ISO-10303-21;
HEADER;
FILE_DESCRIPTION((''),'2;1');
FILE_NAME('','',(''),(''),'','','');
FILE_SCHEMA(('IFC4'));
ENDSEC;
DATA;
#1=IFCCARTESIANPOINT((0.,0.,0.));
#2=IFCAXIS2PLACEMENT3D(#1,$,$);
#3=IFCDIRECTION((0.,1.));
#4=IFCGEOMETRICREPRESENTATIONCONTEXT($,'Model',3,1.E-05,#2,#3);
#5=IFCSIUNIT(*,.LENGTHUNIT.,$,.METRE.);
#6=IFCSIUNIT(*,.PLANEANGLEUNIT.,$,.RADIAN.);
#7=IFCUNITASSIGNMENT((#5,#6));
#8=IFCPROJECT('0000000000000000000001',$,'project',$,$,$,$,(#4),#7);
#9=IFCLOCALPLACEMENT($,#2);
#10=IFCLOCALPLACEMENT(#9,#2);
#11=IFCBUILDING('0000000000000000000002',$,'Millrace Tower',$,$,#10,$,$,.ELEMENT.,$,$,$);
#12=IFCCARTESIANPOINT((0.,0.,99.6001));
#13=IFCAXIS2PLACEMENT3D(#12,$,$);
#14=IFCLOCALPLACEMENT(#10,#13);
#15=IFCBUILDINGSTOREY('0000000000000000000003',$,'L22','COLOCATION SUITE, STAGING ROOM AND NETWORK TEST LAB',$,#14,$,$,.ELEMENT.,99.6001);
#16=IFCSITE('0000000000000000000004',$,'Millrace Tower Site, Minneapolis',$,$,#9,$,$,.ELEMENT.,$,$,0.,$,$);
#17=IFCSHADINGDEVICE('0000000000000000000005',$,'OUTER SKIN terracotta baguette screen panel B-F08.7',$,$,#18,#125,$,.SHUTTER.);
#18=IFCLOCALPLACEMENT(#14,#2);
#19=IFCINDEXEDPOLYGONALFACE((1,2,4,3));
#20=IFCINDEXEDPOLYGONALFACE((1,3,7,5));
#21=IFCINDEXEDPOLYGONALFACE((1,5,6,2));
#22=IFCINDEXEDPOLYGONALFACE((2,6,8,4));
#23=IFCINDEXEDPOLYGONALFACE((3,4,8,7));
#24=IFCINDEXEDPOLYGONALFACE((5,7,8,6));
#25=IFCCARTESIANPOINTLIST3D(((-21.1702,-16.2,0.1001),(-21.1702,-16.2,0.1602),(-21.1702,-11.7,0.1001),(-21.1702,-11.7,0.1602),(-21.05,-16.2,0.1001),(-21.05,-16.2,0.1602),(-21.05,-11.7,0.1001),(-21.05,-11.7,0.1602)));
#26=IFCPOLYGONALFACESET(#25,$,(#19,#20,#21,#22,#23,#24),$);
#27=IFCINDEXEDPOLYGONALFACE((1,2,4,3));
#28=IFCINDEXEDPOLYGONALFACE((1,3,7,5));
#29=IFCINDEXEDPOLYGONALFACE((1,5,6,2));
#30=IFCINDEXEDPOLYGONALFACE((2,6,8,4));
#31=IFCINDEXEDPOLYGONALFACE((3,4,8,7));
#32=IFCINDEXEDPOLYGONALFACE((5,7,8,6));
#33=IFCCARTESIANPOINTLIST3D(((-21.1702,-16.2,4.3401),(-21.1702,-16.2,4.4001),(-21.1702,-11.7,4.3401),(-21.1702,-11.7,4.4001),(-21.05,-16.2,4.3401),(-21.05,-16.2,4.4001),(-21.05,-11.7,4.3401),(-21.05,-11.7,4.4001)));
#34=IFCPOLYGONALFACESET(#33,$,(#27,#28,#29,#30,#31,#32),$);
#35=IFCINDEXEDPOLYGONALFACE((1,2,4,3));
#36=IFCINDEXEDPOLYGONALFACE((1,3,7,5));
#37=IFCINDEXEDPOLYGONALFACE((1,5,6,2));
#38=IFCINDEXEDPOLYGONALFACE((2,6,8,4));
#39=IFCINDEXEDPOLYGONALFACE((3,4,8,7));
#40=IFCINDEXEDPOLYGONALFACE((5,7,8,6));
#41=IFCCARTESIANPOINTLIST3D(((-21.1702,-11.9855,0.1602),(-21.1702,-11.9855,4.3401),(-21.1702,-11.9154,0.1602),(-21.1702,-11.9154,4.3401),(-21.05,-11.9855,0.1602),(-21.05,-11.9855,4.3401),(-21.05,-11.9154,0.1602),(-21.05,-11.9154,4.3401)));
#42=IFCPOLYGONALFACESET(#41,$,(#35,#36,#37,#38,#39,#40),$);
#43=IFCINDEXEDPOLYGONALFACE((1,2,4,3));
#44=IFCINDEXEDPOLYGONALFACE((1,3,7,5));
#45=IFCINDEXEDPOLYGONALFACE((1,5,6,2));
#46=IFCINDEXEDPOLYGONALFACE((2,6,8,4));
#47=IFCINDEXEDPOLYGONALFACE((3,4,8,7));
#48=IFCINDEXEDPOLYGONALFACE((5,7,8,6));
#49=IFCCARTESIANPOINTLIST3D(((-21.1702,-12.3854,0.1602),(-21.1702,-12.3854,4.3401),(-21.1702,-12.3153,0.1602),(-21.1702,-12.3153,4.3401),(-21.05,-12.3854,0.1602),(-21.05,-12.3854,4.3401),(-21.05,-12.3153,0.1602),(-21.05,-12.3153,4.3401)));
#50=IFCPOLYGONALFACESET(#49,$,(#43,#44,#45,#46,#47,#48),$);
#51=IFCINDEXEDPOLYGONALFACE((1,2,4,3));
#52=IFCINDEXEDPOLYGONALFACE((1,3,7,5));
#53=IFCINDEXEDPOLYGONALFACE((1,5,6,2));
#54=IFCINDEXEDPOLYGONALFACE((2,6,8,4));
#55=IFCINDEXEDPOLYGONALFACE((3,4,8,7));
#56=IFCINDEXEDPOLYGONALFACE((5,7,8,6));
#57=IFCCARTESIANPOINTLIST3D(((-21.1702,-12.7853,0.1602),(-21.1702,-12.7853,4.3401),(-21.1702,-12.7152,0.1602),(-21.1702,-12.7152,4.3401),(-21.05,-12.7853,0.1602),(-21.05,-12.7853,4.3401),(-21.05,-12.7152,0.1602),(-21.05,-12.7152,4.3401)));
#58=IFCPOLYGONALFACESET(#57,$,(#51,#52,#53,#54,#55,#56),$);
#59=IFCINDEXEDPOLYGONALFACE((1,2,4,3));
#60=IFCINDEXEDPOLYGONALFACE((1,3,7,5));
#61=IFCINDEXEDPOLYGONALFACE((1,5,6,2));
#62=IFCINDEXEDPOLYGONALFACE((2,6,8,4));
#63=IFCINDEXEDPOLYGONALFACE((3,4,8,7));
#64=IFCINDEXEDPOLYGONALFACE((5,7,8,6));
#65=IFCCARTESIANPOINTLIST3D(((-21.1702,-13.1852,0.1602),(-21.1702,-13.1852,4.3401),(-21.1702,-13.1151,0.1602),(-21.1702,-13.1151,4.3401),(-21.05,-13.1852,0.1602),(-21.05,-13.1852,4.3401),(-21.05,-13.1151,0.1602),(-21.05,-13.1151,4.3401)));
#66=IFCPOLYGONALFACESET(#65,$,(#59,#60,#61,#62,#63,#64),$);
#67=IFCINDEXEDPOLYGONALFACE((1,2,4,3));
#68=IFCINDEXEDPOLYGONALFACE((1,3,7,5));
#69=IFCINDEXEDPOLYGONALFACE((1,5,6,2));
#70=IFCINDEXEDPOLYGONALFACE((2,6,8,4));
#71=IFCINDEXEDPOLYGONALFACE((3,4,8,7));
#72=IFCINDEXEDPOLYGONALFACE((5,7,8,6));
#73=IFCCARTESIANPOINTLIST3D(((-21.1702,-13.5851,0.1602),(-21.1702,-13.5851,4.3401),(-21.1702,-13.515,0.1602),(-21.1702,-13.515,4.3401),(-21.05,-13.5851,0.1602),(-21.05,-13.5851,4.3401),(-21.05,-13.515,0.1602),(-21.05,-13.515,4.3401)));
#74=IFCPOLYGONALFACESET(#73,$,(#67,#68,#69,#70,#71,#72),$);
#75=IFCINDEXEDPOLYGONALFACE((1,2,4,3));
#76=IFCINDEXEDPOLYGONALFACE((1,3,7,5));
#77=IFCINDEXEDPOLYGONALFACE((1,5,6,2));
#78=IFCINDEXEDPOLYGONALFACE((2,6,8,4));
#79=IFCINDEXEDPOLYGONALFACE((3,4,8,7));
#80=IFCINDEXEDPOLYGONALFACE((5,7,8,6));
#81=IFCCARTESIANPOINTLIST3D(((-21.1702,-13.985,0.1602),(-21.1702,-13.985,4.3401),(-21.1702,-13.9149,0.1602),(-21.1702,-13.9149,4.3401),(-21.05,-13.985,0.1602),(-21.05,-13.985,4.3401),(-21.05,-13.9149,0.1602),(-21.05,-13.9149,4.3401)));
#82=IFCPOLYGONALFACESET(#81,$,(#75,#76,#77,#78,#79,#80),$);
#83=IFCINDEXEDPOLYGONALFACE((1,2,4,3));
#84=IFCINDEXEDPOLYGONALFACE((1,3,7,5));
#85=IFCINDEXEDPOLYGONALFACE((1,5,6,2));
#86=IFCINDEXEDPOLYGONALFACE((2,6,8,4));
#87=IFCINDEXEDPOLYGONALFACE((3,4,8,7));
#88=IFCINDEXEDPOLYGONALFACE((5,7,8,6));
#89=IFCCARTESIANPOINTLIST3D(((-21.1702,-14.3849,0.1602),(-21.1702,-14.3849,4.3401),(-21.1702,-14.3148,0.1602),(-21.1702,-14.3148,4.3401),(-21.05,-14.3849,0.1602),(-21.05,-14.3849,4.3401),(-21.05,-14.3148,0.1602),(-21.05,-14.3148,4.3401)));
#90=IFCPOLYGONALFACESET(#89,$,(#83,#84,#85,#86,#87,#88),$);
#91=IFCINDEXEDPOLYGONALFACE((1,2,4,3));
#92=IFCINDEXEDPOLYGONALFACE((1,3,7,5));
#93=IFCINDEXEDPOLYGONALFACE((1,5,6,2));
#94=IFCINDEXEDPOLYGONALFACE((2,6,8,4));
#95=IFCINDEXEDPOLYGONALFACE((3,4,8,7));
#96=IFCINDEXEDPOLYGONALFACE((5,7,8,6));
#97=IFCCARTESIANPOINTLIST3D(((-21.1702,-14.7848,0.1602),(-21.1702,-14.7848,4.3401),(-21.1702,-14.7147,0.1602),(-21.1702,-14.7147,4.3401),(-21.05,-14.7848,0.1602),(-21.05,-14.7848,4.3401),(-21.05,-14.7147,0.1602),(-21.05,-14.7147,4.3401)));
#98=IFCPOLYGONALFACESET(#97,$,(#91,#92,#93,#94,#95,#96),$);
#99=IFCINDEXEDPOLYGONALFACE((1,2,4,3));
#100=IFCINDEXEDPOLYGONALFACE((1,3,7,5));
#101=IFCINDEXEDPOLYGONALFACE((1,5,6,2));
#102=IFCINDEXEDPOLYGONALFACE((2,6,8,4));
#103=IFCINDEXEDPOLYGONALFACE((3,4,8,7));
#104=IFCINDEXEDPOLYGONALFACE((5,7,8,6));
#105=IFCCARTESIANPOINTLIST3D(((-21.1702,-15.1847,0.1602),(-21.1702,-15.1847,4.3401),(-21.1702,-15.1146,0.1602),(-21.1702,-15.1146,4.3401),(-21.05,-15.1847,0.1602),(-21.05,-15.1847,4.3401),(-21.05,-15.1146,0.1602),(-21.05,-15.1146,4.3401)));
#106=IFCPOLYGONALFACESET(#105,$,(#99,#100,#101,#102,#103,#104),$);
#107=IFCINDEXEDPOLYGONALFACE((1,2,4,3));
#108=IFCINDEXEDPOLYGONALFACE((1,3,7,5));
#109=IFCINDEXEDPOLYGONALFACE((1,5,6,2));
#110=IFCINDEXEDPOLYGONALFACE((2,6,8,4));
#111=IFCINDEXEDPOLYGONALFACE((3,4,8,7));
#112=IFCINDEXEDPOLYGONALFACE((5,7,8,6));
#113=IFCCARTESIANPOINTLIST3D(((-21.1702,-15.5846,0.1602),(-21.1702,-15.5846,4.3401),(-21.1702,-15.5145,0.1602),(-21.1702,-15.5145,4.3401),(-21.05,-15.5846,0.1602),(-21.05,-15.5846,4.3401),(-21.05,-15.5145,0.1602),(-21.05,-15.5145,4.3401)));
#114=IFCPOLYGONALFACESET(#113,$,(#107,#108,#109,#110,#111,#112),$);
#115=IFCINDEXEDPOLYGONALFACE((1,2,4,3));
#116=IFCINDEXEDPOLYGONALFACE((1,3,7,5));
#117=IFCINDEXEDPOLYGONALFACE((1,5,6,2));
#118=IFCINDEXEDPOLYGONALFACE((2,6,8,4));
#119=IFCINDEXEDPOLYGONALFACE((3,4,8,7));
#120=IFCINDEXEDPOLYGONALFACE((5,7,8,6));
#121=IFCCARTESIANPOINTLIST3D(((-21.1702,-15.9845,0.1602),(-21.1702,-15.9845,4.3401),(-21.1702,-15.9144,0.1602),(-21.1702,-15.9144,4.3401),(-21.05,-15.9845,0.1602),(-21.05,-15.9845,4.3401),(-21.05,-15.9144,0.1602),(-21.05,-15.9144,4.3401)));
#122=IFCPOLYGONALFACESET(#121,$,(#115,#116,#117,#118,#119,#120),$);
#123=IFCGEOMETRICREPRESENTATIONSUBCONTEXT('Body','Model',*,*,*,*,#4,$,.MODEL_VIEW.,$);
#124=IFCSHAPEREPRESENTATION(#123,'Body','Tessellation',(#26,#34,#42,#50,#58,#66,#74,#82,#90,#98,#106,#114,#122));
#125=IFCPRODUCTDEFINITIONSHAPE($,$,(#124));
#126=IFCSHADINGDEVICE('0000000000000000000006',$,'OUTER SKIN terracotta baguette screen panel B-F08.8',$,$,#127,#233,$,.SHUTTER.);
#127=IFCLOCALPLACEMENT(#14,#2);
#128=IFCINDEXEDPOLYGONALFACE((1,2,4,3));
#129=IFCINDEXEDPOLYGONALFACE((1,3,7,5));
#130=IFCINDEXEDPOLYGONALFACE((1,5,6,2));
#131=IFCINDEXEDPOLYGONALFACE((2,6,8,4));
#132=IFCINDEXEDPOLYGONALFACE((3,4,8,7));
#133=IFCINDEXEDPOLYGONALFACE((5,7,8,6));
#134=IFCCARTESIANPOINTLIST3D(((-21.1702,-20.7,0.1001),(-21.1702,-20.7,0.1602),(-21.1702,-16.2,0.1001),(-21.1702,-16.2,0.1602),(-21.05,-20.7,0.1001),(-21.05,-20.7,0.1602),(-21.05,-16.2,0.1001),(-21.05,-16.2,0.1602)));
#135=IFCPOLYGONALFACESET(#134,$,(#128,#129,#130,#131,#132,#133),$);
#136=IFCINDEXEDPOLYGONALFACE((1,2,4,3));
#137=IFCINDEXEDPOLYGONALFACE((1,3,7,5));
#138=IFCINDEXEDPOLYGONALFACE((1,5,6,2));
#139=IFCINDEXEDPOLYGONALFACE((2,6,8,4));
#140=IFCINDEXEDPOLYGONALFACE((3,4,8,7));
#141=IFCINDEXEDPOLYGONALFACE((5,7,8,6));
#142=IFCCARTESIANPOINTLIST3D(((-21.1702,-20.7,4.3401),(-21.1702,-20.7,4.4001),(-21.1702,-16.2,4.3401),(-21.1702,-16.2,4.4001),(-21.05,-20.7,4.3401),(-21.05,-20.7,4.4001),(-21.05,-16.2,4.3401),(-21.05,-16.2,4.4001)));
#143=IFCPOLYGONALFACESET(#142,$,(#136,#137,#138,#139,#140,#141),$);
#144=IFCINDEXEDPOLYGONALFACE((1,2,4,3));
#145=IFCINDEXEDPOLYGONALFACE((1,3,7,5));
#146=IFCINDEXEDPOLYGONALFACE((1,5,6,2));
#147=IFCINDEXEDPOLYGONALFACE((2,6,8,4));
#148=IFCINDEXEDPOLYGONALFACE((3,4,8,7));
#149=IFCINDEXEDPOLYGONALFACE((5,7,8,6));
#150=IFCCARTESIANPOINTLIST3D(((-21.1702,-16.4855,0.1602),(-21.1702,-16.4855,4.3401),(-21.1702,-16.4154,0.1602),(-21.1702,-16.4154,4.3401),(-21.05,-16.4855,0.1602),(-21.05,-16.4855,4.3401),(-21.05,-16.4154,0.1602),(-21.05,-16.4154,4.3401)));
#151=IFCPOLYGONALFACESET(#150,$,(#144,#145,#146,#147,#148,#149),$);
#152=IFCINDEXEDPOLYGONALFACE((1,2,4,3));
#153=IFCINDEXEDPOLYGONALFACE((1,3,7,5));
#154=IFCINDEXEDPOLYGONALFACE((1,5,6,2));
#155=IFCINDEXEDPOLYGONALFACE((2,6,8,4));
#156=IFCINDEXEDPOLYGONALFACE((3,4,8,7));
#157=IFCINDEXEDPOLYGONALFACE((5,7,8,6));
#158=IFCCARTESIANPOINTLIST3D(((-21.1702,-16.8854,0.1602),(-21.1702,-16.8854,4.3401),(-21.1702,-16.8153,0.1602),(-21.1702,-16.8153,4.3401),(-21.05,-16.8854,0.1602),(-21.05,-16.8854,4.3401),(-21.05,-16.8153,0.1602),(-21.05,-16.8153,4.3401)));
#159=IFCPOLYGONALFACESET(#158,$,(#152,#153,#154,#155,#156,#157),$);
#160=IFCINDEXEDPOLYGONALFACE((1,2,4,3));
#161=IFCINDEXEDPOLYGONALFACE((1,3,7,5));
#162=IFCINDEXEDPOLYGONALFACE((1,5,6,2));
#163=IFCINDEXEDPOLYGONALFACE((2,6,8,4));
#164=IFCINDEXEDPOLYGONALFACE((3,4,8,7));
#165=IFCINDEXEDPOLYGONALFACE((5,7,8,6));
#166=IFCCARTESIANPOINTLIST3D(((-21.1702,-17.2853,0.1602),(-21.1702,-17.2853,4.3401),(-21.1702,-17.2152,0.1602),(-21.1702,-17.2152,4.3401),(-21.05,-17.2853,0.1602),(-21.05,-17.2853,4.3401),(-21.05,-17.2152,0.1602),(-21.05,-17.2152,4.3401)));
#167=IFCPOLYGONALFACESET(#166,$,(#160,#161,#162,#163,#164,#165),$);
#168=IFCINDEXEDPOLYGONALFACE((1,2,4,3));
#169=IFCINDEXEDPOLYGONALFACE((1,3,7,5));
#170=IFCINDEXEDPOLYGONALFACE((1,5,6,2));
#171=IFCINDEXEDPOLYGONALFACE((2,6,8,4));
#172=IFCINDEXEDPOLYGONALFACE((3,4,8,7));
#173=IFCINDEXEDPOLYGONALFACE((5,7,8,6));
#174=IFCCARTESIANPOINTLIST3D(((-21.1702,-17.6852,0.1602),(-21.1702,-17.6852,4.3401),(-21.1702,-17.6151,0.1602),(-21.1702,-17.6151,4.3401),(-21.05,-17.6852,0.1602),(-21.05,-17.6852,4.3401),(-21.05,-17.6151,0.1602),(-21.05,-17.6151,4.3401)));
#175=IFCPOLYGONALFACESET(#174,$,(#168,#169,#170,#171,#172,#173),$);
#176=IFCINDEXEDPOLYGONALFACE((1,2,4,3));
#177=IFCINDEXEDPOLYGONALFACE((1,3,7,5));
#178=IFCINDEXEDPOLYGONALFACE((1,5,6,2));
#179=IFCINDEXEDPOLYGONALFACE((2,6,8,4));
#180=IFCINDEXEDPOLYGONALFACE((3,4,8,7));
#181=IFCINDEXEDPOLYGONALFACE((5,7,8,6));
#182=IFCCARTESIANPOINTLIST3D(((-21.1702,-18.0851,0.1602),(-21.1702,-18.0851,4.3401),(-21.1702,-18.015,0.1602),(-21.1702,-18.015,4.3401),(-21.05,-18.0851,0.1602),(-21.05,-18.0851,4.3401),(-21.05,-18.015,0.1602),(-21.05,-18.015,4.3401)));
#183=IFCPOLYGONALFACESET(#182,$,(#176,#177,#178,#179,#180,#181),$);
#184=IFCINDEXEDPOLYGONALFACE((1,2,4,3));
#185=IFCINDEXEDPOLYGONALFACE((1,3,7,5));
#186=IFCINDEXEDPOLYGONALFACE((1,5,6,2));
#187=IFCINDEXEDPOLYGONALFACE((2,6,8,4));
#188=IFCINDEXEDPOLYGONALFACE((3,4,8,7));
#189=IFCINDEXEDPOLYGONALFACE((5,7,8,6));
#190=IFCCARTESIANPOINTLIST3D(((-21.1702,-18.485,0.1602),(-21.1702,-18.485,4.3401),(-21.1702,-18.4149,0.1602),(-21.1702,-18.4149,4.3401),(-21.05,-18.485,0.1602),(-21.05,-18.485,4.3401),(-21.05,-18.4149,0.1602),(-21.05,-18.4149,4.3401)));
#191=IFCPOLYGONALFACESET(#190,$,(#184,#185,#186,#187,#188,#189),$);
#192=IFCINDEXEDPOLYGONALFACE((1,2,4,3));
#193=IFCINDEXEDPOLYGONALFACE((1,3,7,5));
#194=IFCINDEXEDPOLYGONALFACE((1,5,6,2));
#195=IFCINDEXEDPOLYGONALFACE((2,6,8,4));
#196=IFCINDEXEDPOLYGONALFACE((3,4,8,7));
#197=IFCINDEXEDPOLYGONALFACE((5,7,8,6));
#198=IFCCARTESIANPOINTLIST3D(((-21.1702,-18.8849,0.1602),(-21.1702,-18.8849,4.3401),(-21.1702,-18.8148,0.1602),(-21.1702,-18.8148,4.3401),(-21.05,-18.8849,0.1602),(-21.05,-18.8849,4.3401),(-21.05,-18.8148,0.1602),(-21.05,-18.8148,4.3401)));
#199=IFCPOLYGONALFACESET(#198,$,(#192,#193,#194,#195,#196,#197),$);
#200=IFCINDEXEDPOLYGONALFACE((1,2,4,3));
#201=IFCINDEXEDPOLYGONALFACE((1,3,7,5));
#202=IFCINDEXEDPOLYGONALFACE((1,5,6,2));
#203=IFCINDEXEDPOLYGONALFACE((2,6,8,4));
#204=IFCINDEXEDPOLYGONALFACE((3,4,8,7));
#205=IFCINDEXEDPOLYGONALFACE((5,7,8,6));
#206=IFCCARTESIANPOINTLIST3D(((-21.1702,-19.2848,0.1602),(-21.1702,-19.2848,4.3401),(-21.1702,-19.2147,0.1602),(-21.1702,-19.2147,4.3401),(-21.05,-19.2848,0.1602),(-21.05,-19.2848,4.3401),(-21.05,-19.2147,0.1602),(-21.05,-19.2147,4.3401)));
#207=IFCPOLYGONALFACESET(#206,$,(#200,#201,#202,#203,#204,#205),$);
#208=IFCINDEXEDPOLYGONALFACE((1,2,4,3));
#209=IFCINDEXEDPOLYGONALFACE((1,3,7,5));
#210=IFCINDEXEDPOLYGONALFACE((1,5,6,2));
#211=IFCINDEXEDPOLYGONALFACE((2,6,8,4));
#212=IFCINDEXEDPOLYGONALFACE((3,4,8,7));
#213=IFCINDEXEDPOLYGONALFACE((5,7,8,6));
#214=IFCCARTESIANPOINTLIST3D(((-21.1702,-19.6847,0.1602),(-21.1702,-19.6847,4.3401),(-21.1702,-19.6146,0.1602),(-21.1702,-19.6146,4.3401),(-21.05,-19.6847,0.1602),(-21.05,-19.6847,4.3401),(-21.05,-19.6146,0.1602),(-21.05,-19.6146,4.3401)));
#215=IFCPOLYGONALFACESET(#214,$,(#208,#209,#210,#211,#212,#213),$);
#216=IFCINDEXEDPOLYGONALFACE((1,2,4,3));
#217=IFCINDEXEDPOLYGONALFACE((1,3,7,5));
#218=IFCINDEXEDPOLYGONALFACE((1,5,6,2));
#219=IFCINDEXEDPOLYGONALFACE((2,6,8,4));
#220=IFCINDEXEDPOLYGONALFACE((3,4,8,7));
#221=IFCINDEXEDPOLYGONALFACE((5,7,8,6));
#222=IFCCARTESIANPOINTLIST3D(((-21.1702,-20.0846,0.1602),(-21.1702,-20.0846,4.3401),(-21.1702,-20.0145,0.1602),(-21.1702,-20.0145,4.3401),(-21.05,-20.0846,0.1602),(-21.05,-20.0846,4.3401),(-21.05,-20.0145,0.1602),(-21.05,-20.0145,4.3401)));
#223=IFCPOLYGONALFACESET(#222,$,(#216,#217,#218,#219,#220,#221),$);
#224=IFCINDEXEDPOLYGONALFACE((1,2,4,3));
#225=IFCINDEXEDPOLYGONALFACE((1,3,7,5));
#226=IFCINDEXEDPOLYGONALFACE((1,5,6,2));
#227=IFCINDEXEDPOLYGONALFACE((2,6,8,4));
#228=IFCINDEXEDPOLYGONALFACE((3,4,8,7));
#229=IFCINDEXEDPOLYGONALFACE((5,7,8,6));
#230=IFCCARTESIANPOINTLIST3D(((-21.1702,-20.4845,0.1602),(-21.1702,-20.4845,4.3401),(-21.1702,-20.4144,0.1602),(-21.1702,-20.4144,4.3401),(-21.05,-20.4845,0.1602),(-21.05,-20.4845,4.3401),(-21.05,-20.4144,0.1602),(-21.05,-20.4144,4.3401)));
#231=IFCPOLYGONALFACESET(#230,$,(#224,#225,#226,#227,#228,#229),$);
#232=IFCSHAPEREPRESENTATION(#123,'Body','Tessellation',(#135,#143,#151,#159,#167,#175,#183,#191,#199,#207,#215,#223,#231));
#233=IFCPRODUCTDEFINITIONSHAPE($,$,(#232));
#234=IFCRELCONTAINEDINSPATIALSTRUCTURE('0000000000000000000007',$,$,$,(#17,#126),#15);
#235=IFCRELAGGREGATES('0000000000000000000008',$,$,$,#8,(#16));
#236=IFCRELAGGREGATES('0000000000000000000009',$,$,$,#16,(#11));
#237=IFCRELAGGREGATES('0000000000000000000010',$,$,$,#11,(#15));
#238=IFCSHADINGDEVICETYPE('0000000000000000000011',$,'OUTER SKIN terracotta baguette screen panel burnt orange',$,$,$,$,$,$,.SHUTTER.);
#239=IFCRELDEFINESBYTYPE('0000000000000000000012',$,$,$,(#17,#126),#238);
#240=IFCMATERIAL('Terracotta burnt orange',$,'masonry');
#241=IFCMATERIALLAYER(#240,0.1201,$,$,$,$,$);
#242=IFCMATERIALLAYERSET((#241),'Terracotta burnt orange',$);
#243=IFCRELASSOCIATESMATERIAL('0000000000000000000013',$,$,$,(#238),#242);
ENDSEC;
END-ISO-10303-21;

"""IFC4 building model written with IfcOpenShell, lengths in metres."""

from ifc_helpers import new_model, entity, si_unit, direction, frame, frame_2d, origin, origin_2d, place, context, subcontext, project, spatial, rectangle, extrude, source, transform, mapped, material, layer, layer_set, type_object, element, save


model = new_model("IFC4")

# Units and contexts
model_context = context("Model", 3, precision=1e-05, world=origin(), true_north=direction((0.0, 1.0)))
body_context = subcontext(model_context, "Body", "Model", "MODEL_VIEW")
ifc_project = project(units=[si_unit("LENGTHUNIT", "METRE"), si_unit("PLANEANGLEUNIT", "RADIAN")], contexts=[model_context])

# Site, building, storey
site_placement = place(None, origin())
site = spatial("IfcSite", under=ifc_project, at=site_placement, Name="Millrace Tower Site, Minneapolis", CompositionType="ELEMENT", RefElevation=0.0)
building_placement = place(site_placement, origin())
building = spatial("IfcBuilding", under=site, at=building_placement, Name="Millrace Tower", CompositionType="ELEMENT")
storey_placement = place(building_placement, frame((0.0, 0.0, 99.6001)))
storey = spatial("IfcBuildingStorey", under=building, at=storey_placement, Name="L22", Description="COLOCATION SUITE, STAGING ROOM AND NETWORK TEST LAB", CompositionType="ELEMENT", Elevation=99.6001)

# Shading devices
ifc_material_1 = material(Name="Terracotta burnt orange", Category="masonry")
ifc_layer_1 = layer(ifc_material_1, 0.1201)
ifc_layer_set_1 = layer_set([ifc_layer_1], Name="Terracotta burnt orange")
shading_device_type = type_object("IfcShadingDeviceType", Name="OUTER SKIN terracotta baguette screen panel burnt orange", PredefinedType="SHUTTER", material=ifc_layer_set_1)
cartesian_point_1 = entity("IfcCartesianPoint", [-2.25, 0.0601])
shared_polyline_1 = entity("IfcPolyline", [cartesian_point_1, entity("IfcCartesianPoint", [2.25, 0.0601]), entity("IfcCartesianPoint", [2.25, -0.0601]), entity("IfcCartesianPoint", [-2.25, -0.0601]), cartesian_point_1])
shared_shape_1 = source(origin(), body_context, "Body", "SweptSolid", [
    entity("IfcExtrudedAreaSolid", entity("IfcArbitraryClosedProfileDef", "AREA", None, shared_polyline_1), entity("IfcAxis2Placement3D", entity("IfcCartesianPoint", [0.0, 0.0, 0.0])), entity("IfcDirection", [0.0, 0.0, 1.0]), 0.0601),
    entity("IfcExtrudedAreaSolid", entity("IfcArbitraryClosedProfileDef", "AREA", None, shared_polyline_1), entity("IfcAxis2Placement3D", entity("IfcCartesianPoint", [0.0, 0.0, 4.24])), entity("IfcDirection", [0.0, 0.0, 1.0]), 0.0601),
    extrude(rectangle(XDim=0.0701, YDim=0.1201, at=frame_2d((-1.9995, 0.0))), frame((0.0, 0.0, 0.0601)), (0.0, 0.0, 1.0), 4.1799),
    extrude(rectangle(XDim=0.0701, YDim=0.1201, at=frame_2d((-1.5996, 0.0))), frame((0.0, 0.0, 0.0601)), (0.0, 0.0, 1.0), 4.1799),
    extrude(rectangle(XDim=0.0701, YDim=0.1201, at=frame_2d((-1.1997, 0.0))), frame((0.0, 0.0, 0.0601)), (0.0, 0.0, 1.0), 4.1799),
    extrude(rectangle(XDim=0.0701, YDim=0.1201, at=frame_2d((-0.7998, 0.0))), frame((0.0, 0.0, 0.0601)), (0.0, 0.0, 1.0), 4.1799),
    extrude(rectangle(XDim=0.0701, YDim=0.1201, at=frame_2d((-0.3999, 0.0))), frame((0.0, 0.0, 0.0601)), (0.0, 0.0, 1.0), 4.1799),
    extrude(rectangle(XDim=0.0701, YDim=0.1201, at=origin_2d()), frame((0.0, 0.0, 0.0601)), (0.0, 0.0, 1.0), 4.1799),
    extrude(rectangle(XDim=0.0701, YDim=0.1201, at=frame_2d((0.3999, 0.0))), frame((0.0, 0.0, 0.0601)), (0.0, 0.0, 1.0), 4.1799),
    extrude(rectangle(XDim=0.0701, YDim=0.1201, at=frame_2d((0.7998, 0.0))), frame((0.0, 0.0, 0.0601)), (0.0, 0.0, 1.0), 4.1799),
    extrude(rectangle(XDim=0.0701, YDim=0.1201, at=frame_2d((1.1997, 0.0))), frame((0.0, 0.0, 0.0601)), (0.0, 0.0, 1.0), 4.1799),
    extrude(rectangle(XDim=0.0701, YDim=0.1201, at=frame_2d((1.5996, 0.0))), frame((0.0, 0.0, 0.0601)), (0.0, 0.0, 1.0), 4.1799),
    extrude(rectangle(XDim=0.0701, YDim=0.1201, at=frame_2d((1.9995, 0.0))), frame((0.0, 0.0, 0.0601)), (0.0, 0.0, 1.0), 4.1799),
])
for number, where, z_axis, x_axis, name in (
    (1, (-21.1101, -13.95, 0.1001), (0.0, 0.0, 1.0), (0.0, -1.0, 0.0), "OUTER SKIN terracotta baguette screen panel B-F08.7"),
    (2, (-21.1101, -18.45, 0.1001), (0.0, 0.0, 1.0), (0.0, -1.0, 0.0), "OUTER SKIN terracotta baguette screen panel B-F08.8"),
):
    element("IfcShadingDevice", number, at=place(storey_placement, frame(where, z_axis=z_axis, x_axis=x_axis)), inside=storey, type_object=shading_device_type, Name=name, PredefinedType="SHUTTER", context=body_context, shape_type="MappedRepresentation", body=[
        mapped(shared_shape_1, transform((0.0, 0.0, 0.0), scale=1.0)),
    ])

save(model, "model.ifc")
